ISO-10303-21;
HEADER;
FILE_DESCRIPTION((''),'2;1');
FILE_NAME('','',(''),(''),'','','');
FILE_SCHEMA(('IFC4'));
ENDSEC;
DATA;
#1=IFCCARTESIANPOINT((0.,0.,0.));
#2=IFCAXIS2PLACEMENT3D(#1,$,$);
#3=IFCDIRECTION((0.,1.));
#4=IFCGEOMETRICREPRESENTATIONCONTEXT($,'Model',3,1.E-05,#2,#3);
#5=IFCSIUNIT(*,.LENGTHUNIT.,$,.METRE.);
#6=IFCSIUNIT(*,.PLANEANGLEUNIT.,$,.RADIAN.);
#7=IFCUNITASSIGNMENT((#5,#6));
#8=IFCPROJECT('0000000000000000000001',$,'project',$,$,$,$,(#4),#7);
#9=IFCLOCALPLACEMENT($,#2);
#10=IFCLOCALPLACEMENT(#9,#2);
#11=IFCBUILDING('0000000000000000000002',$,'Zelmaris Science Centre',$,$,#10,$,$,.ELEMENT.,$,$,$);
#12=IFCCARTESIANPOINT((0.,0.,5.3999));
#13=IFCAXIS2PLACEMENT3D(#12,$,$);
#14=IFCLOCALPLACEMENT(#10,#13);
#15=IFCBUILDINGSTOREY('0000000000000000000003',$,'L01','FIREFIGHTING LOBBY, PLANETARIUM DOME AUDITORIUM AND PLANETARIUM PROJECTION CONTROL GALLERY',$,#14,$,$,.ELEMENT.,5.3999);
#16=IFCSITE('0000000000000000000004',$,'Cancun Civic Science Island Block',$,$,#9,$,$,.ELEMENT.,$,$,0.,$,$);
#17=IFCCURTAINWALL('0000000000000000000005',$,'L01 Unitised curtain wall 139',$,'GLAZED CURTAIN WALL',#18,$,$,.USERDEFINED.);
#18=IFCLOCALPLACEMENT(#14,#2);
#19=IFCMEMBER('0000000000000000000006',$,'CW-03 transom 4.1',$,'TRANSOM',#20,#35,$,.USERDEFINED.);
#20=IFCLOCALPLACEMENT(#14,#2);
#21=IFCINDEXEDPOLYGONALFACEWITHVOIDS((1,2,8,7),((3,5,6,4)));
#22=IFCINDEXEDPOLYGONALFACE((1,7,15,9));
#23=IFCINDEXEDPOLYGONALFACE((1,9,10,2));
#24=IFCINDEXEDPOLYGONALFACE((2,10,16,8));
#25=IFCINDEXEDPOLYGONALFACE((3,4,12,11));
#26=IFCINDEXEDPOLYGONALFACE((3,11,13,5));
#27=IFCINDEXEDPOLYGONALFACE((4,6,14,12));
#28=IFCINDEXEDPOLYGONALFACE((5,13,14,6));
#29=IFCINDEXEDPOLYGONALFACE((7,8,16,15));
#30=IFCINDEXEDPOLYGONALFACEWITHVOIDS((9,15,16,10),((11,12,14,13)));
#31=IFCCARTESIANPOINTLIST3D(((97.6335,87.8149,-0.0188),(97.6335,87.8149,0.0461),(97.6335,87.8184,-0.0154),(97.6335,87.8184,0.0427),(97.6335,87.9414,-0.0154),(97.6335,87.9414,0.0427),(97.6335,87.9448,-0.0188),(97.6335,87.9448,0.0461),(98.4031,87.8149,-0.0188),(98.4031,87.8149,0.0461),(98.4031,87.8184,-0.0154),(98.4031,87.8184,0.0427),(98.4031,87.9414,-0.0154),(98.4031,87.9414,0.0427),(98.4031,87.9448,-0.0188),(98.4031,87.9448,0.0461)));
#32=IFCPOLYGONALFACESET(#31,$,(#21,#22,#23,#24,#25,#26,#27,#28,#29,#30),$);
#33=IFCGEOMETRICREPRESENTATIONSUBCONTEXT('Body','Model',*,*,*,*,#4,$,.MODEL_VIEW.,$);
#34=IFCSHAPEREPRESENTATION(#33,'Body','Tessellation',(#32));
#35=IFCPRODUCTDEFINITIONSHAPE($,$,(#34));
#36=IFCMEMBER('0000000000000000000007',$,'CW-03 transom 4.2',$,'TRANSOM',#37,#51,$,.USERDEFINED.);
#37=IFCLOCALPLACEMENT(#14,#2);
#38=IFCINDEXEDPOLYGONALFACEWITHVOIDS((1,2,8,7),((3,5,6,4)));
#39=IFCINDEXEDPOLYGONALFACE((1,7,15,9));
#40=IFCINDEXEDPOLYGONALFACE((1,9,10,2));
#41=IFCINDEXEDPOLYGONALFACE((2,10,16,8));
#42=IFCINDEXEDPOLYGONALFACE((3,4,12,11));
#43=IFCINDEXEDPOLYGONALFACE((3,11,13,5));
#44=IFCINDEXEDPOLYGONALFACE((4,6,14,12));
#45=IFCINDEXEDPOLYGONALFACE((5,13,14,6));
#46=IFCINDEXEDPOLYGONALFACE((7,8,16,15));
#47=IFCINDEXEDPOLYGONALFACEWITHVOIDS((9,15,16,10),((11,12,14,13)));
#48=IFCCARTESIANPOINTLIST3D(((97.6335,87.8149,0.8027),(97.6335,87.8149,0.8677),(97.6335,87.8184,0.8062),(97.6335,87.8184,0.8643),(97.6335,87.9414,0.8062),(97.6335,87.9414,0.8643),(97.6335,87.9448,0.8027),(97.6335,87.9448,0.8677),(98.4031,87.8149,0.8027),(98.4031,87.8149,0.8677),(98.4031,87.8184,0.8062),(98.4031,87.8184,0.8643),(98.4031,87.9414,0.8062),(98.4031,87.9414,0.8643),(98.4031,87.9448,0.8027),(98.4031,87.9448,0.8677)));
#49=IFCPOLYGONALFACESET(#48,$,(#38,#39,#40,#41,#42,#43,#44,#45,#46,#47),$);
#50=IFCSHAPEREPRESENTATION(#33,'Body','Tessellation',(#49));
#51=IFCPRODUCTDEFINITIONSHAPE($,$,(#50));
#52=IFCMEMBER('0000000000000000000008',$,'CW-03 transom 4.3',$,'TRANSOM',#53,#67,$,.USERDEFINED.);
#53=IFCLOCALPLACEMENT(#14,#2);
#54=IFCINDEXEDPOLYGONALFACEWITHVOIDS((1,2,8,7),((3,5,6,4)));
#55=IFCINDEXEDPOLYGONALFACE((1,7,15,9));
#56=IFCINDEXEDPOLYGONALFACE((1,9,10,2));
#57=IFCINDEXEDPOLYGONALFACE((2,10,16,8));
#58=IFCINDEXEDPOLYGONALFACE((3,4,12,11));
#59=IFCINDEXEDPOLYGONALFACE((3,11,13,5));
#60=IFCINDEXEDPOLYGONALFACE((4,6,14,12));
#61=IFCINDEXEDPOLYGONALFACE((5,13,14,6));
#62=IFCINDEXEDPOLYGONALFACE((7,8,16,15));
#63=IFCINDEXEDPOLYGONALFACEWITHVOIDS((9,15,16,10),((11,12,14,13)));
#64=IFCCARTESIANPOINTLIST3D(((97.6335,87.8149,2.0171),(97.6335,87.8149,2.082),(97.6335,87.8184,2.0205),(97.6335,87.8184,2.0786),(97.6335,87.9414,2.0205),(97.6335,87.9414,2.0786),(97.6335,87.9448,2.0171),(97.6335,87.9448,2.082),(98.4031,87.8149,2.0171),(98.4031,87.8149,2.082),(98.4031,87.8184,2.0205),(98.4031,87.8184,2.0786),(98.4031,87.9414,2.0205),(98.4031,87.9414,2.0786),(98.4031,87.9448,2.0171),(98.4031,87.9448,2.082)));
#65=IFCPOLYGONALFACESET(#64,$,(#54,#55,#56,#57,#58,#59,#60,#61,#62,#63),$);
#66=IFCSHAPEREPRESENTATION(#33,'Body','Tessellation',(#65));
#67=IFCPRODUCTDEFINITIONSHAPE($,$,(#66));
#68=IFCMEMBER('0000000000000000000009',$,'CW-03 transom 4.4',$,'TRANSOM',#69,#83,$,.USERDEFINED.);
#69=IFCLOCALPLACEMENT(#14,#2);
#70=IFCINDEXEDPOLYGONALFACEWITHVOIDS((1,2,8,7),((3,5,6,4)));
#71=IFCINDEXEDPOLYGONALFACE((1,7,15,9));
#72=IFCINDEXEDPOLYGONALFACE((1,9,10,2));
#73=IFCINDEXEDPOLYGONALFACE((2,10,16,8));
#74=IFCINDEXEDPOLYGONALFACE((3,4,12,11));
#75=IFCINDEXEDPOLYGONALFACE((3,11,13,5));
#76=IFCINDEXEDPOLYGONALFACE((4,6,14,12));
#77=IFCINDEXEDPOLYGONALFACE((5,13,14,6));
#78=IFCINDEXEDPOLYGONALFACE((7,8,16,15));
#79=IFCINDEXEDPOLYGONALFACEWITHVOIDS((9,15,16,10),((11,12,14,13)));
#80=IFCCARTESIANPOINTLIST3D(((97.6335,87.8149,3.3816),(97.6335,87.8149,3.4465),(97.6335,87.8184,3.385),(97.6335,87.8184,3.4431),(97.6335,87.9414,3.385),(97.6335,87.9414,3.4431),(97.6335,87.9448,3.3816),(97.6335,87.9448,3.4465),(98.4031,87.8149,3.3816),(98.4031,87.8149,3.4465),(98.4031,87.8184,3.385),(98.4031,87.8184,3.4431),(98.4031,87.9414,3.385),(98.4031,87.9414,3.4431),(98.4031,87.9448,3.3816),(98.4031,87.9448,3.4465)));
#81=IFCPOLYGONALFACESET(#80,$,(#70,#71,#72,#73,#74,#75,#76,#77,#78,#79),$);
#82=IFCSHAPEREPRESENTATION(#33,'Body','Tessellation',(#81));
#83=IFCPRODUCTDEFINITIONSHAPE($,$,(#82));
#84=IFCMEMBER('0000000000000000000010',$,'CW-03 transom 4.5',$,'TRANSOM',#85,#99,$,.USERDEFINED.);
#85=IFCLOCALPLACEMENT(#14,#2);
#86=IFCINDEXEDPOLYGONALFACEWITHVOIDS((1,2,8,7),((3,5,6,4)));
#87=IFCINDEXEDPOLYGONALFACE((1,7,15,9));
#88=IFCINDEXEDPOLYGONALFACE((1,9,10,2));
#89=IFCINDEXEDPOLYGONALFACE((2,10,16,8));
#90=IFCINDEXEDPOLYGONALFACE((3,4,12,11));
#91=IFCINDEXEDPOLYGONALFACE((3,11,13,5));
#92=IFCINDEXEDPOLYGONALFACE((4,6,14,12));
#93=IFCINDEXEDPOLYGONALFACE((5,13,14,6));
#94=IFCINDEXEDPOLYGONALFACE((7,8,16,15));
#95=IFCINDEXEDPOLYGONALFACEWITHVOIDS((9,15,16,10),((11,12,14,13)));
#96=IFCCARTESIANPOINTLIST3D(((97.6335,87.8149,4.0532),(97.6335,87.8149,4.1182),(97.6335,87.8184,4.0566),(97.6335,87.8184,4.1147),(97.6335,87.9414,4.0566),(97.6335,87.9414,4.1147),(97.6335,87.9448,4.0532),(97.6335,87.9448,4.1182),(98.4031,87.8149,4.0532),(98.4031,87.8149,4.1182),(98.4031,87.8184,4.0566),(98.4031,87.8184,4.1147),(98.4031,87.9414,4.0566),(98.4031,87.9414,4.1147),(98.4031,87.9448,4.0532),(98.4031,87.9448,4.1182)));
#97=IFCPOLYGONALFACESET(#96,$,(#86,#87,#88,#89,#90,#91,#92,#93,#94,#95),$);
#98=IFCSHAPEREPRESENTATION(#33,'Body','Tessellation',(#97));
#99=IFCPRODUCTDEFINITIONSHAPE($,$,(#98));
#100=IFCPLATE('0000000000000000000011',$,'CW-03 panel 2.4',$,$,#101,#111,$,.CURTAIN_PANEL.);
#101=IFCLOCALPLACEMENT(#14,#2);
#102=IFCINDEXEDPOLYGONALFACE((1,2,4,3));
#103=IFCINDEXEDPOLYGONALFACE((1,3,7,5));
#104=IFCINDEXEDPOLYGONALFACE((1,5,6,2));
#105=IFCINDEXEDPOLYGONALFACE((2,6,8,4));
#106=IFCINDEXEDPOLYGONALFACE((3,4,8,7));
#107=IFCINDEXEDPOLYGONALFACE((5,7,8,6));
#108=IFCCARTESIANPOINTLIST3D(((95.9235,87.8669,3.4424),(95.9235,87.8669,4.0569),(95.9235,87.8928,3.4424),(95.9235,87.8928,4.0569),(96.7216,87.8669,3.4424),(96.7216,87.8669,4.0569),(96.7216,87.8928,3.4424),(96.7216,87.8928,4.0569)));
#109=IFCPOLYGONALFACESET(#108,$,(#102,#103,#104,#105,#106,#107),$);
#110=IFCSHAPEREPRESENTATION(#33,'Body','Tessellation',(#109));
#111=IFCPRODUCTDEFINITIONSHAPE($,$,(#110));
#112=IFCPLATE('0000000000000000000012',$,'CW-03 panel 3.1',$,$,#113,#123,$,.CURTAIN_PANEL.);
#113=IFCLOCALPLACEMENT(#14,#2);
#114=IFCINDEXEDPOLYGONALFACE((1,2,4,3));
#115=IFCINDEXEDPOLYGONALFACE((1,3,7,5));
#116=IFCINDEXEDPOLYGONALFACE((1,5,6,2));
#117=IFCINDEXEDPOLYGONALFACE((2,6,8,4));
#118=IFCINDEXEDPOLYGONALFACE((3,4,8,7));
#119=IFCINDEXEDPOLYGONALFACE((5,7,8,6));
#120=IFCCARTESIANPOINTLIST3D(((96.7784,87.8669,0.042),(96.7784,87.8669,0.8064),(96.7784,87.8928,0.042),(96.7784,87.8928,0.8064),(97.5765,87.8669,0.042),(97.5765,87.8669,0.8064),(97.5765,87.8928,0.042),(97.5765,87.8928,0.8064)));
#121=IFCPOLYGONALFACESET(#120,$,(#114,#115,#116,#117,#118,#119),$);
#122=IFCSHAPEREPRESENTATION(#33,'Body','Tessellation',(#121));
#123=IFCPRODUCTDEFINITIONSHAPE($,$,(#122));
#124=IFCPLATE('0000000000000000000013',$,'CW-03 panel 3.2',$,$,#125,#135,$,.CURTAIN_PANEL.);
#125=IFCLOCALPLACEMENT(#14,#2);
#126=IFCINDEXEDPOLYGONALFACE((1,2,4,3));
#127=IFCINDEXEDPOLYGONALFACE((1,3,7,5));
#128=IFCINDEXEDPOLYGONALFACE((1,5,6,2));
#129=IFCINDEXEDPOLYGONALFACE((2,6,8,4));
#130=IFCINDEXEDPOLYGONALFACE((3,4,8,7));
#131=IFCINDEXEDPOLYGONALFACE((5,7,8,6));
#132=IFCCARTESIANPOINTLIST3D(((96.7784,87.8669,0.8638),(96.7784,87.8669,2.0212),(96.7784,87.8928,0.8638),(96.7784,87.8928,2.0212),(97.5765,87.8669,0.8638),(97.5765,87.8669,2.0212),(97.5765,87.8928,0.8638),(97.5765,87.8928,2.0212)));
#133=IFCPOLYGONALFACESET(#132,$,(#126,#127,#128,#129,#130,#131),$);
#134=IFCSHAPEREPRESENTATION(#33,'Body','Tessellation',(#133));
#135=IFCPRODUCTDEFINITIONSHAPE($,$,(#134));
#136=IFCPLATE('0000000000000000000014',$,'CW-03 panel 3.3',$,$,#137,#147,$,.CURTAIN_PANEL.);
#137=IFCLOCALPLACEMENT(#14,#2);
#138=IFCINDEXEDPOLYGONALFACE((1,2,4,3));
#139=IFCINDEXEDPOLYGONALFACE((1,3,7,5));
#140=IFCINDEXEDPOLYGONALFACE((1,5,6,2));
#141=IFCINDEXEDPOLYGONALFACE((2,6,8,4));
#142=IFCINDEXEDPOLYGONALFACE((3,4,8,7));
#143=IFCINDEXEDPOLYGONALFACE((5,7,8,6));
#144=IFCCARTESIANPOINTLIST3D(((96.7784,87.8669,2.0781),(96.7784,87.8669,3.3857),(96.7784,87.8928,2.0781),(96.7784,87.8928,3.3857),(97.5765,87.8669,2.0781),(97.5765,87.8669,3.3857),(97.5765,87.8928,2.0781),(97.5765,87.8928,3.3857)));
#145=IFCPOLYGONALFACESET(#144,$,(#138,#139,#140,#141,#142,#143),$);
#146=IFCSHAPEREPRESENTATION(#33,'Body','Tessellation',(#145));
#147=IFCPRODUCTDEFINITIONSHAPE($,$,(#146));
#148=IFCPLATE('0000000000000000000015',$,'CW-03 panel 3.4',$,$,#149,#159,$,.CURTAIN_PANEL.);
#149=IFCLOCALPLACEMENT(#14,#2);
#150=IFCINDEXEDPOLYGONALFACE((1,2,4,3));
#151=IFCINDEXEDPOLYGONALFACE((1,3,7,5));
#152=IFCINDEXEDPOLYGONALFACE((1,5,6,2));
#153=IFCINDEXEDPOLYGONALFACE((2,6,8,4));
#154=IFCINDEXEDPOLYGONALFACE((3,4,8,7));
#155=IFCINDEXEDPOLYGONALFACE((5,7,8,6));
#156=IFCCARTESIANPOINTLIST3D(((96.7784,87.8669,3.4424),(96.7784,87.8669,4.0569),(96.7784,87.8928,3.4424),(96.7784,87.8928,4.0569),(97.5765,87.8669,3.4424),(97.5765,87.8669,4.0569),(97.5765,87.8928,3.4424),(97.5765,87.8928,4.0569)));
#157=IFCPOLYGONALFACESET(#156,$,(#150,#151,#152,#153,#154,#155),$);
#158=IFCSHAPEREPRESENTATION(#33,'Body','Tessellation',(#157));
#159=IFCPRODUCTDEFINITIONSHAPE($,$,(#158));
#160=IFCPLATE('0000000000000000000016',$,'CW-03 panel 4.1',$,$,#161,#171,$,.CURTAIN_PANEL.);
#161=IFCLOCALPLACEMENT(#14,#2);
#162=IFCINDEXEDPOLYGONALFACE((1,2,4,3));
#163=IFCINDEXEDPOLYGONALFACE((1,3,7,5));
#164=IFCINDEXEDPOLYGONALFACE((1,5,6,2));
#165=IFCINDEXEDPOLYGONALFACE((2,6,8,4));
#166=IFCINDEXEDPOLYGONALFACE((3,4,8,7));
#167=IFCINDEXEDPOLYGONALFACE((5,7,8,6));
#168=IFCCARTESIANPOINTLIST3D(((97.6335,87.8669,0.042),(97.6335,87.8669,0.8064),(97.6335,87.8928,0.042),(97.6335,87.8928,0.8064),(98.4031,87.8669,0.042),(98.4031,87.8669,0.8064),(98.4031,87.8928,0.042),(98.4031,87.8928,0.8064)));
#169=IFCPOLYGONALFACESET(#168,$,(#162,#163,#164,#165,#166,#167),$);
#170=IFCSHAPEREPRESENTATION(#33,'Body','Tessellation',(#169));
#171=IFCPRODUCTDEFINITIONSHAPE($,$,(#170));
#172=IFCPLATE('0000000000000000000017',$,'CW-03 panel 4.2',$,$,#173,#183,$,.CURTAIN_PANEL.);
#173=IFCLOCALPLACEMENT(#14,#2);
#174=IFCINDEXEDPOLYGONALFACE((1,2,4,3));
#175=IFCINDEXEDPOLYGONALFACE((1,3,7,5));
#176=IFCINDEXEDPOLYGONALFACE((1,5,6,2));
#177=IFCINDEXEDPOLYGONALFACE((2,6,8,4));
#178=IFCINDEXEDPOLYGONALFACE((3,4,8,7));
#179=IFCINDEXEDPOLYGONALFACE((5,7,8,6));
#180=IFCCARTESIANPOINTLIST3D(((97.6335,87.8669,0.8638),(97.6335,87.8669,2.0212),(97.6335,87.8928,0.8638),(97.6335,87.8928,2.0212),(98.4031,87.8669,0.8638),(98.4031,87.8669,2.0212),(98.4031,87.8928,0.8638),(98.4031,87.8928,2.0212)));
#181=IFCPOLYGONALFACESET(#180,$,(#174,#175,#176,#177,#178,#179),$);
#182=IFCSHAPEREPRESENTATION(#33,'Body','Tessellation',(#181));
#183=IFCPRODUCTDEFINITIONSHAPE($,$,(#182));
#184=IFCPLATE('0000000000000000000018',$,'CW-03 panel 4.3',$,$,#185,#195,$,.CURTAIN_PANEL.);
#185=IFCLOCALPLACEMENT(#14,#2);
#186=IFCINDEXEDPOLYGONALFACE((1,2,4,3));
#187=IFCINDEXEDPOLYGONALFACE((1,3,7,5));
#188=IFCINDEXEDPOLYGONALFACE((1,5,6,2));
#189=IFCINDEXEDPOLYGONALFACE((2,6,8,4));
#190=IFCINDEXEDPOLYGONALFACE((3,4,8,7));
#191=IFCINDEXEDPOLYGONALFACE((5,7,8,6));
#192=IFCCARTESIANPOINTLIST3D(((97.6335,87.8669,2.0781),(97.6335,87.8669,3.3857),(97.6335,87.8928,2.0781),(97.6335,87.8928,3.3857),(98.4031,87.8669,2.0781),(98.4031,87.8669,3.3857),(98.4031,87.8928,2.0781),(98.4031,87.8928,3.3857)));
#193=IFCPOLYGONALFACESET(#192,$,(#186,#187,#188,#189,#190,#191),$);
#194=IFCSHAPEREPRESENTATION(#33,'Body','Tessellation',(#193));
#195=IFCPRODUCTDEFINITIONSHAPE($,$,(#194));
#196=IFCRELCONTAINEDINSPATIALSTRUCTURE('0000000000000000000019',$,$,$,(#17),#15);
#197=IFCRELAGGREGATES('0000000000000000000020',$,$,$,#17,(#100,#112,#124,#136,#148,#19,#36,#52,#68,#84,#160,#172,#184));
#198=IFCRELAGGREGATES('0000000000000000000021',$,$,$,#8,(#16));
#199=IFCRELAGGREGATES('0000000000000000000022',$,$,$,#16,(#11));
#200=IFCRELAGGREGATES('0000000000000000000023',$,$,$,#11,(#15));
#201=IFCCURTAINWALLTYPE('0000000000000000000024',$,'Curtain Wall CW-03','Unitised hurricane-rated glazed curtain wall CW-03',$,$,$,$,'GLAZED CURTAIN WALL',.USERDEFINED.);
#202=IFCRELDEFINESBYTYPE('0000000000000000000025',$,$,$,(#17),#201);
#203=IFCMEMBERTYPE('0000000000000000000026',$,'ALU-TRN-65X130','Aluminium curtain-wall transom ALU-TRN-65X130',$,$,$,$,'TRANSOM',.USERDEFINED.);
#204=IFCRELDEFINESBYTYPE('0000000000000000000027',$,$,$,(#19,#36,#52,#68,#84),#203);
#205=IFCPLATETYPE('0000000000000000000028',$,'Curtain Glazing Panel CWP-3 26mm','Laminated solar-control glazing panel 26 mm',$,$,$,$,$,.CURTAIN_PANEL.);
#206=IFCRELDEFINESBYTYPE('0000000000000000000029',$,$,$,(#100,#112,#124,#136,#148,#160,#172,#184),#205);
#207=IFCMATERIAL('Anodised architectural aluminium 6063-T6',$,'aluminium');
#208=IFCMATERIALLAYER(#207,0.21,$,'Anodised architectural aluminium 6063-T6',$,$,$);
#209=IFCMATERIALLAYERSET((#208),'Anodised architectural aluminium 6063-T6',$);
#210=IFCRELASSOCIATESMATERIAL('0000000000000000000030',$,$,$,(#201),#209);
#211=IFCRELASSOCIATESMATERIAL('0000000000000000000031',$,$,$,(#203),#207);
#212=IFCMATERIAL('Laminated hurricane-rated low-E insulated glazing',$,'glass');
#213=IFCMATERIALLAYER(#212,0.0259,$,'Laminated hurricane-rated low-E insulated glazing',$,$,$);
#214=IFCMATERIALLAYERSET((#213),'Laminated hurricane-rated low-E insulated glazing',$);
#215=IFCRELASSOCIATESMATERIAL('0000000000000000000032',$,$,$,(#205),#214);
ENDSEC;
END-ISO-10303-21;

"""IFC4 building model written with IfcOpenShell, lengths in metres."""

from ifc_helpers import new_model, si_unit, direction, frame, origin, origin_2d, place, context, subcontext, project, spatial, rectangle, hollow_rectangle, extrude, material, layer, layer_set, material_profile, profile_set, type_object, element, aggregate, save


model = new_model("IFC4")

# Units and contexts
model_context = context("Model", 3, precision=1e-05, world=origin(), true_north=direction((0.0, 1.0)))
body_context = subcontext(model_context, "Body", "Model", "MODEL_VIEW")
ifc_project = project(units=[si_unit("LENGTHUNIT", "METRE"), si_unit("PLANEANGLEUNIT", "RADIAN")], contexts=[model_context])

# Site, building, storey
site_placement = place(None, origin())
site = spatial("IfcSite", under=ifc_project, at=site_placement, Name="Cancun Civic Science Island Block", CompositionType="ELEMENT", RefElevation=0.0)
building_placement = place(site_placement, origin())
building = spatial("IfcBuilding", under=site, at=building_placement, Name="Zelmaris Science Centre", CompositionType="ELEMENT")
storey_placement = place(building_placement, frame((0.0, 0.0, 5.3999)))
storey = spatial("IfcBuildingStorey", under=building, at=storey_placement, Name="L01", Description="FIREFIGHTING LOBBY, PLANETARIUM DOME AUDITORIUM AND PLANETARIUM PROJECTION CONTROL GALLERY", CompositionType="ELEMENT", Elevation=5.3999)

# Curtain wall, members, plates
ifc_material_1 = material(Name="Anodised architectural aluminium 6063-T6", Category="aluminium")
ifc_layer_1 = layer(ifc_material_1, 0.21, Name="Anodised architectural aluminium 6063-T6")
ifc_layer_set_1 = layer_set([ifc_layer_1], Name="Anodised architectural aluminium 6063-T6")
curtain_wall_type = type_object("IfcCurtainWallType", Name="Curtain Wall CW-03", Description="Unitised hurricane-rated glazed curtain wall CW-03", ElementType="GLAZED CURTAIN WALL", PredefinedType="USERDEFINED", material=ifc_layer_set_1)
curtain_wall_placement = place(storey_placement, origin())
curtain_wall = element("IfcCurtainWall", 1, at=curtain_wall_placement, inside=storey, type_object=curtain_wall_type, Name="L01 Unitised curtain wall 139", ObjectType="GLAZED CURTAIN WALL", PredefinedType="USERDEFINED")
ifc_material_profile_1 = material_profile(ifc_material_1, hollow_rectangle(XDim=0.0649, YDim=0.1299, WallThickness=0.0034, at=origin_2d()), Name="ALU-TRN-65X130")
ifc_profile_set_1 = profile_set([ifc_material_profile_1], Name="Anodised architectural aluminium 6063-T6")
member_type_1 = type_object("IfcMemberType", Name="ALU-TRN-65X130", Description="Aluminium curtain-wall transom ALU-TRN-65X130", ElementType="TRANSOM", PredefinedType="USERDEFINED", material=ifc_profile_set_1)
member_1_placement = place(storey_placement, frame((97.6335, 87.8799, 0.0137), z_axis=(1.0, 0.0, 0.0), x_axis=(0.0, 0.0, 1.0)))
member_1 = element("IfcMember", 2, at=member_1_placement, type_object=member_type_1, Name="CW-03 transom 4.1", ObjectType="TRANSOM", PredefinedType="USERDEFINED", context=body_context, shape_type="SweptSolid", body=[
    extrude(hollow_rectangle(XDim=0.0649, YDim=0.1299, WallThickness=0.0034, at=origin_2d()), origin(), (0.0, 0.0, 1.0), 0.7695),
])
member_2_placement = place(storey_placement, frame((97.6335, 87.8799, 0.8352), z_axis=(1.0, 0.0, 0.0), x_axis=(0.0, 0.0, 1.0)))
member_2 = element("IfcMember", 3, at=member_2_placement, type_object=member_type_1, Name="CW-03 transom 4.2", ObjectType="TRANSOM", PredefinedType="USERDEFINED", context=body_context, shape_type="SweptSolid", body=[
    extrude(hollow_rectangle(XDim=0.0649, YDim=0.1299, WallThickness=0.0034, at=origin_2d()), origin(), (0.0, 0.0, 1.0), 0.7695),
])
member_3_placement = place(storey_placement, frame((97.6335, 87.8799, 2.0496), z_axis=(1.0, 0.0, 0.0), x_axis=(0.0, 0.0, 1.0)))
member_3 = element("IfcMember", 4, at=member_3_placement, type_object=member_type_1, Name="CW-03 transom 4.3", ObjectType="TRANSOM", PredefinedType="USERDEFINED", context=body_context, shape_type="SweptSolid", body=[
    extrude(hollow_rectangle(XDim=0.0649, YDim=0.1299, WallThickness=0.0034, at=origin_2d()), origin(), (0.0, 0.0, 1.0), 0.7695),
])
member_4_placement = place(storey_placement, frame((97.6335, 87.8799, 3.4141), z_axis=(1.0, 0.0, 0.0), x_axis=(0.0, 0.0, 1.0)))
member_4 = element("IfcMember", 5, at=member_4_placement, type_object=member_type_1, Name="CW-03 transom 4.4", ObjectType="TRANSOM", PredefinedType="USERDEFINED", context=body_context, shape_type="SweptSolid", body=[
    extrude(hollow_rectangle(XDim=0.0649, YDim=0.1299, WallThickness=0.0034, at=origin_2d()), origin(), (0.0, 0.0, 1.0), 0.7695),
])
member_5_placement = place(storey_placement, frame((97.6335, 87.8799, 4.0857), z_axis=(1.0, 0.0, 0.0), x_axis=(0.0, 0.0, 1.0)))
member_5 = element("IfcMember", 6, at=member_5_placement, type_object=member_type_1, Name="CW-03 transom 4.5", ObjectType="TRANSOM", PredefinedType="USERDEFINED", context=body_context, shape_type="SweptSolid", body=[
    extrude(hollow_rectangle(XDim=0.0649, YDim=0.1299, WallThickness=0.0034, at=origin_2d()), origin(), (0.0, 0.0, 1.0), 0.7695),
])
ifc_material_2 = material(Name="Laminated hurricane-rated low-E insulated glazing", Category="glass")
ifc_layer_2 = layer(ifc_material_2, 0.0259, Name="Laminated hurricane-rated low-E insulated glazing")
ifc_layer_set_2 = layer_set([ifc_layer_2], Name="Laminated hurricane-rated low-E insulated glazing")
plate_type = type_object("IfcPlateType", Name="Curtain Glazing Panel CWP-3 26mm", Description="Laminated solar-control glazing panel 26 mm", PredefinedType="CURTAIN_PANEL", material=ifc_layer_set_2)
plate_1_placement = place(storey_placement, frame((96.3225, 87.8799, 3.4424), z_axis=(0.0, 0.0, 1.0), x_axis=(1.0, 0.0, 0.0)))
plate_1 = element("IfcPlate", 7, at=plate_1_placement, type_object=plate_type, Name="CW-03 panel 2.4", PredefinedType="CURTAIN_PANEL", context=body_context, shape_type="SweptSolid", body=[
    extrude(rectangle(XDim=0.7981, YDim=0.0259, at=origin_2d()), origin(), (0.0, 0.0, 1.0), 0.6145),
])
plate_2_placement = place(storey_placement, frame((97.1775, 87.8799, 0.042), z_axis=(0.0, 0.0, 1.0), x_axis=(1.0, 0.0, 0.0)))
plate_2 = element("IfcPlate", 8, at=plate_2_placement, type_object=plate_type, Name="CW-03 panel 3.1", PredefinedType="CURTAIN_PANEL", context=body_context, shape_type="SweptSolid", body=[
    extrude(rectangle(XDim=0.7981, YDim=0.0259, at=origin_2d()), origin(), (0.0, 0.0, 1.0), 0.7644),
])
plate_3_placement = place(storey_placement, frame((97.1775, 87.8799, 0.8638), z_axis=(0.0, 0.0, 1.0), x_axis=(1.0, 0.0, 0.0)))
plate_3 = element("IfcPlate", 9, at=plate_3_placement, type_object=plate_type, Name="CW-03 panel 3.2", PredefinedType="CURTAIN_PANEL", context=body_context, shape_type="SweptSolid", body=[
    extrude(rectangle(XDim=0.7981, YDim=0.0259, at=origin_2d()), origin(), (0.0, 0.0, 1.0), 1.1575),
])
plate_4_placement = place(storey_placement, frame((97.1775, 87.8799, 2.0781), z_axis=(0.0, 0.0, 1.0), x_axis=(1.0, 0.0, 0.0)))
plate_4 = element("IfcPlate", 10, at=plate_4_placement, type_object=plate_type, Name="CW-03 panel 3.3", PredefinedType="CURTAIN_PANEL", context=body_context, shape_type="SweptSolid", body=[
    extrude(rectangle(XDim=0.7981, YDim=0.0259, at=origin_2d()), origin(), (0.0, 0.0, 1.0), 1.3076),
])
plate_5_placement = place(storey_placement, frame((97.1775, 87.8799, 3.4424), z_axis=(0.0, 0.0, 1.0), x_axis=(1.0, 0.0, 0.0)))
plate_5 = element("IfcPlate", 11, at=plate_5_placement, type_object=plate_type, Name="CW-03 panel 3.4", PredefinedType="CURTAIN_PANEL", context=body_context, shape_type="SweptSolid", body=[
    extrude(rectangle(XDim=0.7981, YDim=0.0259, at=origin_2d()), origin(), (0.0, 0.0, 1.0), 0.6145),
])
plate_6_placement = place(storey_placement, frame((98.0183, 87.8799, 0.042), z_axis=(0.0, 0.0, 1.0), x_axis=(1.0, 0.0, 0.0)))
plate_6 = element("IfcPlate", 12, at=plate_6_placement, type_object=plate_type, Name="CW-03 panel 4.1", PredefinedType="CURTAIN_PANEL", context=body_context, shape_type="SweptSolid", body=[
    extrude(rectangle(XDim=0.7695, YDim=0.0259, at=origin_2d()), origin(), (0.0, 0.0, 1.0), 0.7644),
])
plate_7_placement = place(storey_placement, frame((98.0183, 87.8799, 0.8638), z_axis=(0.0, 0.0, 1.0), x_axis=(1.0, 0.0, 0.0)))
plate_7 = element("IfcPlate", 13, at=plate_7_placement, type_object=plate_type, Name="CW-03 panel 4.2", PredefinedType="CURTAIN_PANEL", context=body_context, shape_type="SweptSolid", body=[
    extrude(rectangle(XDim=0.7695, YDim=0.0259, at=origin_2d()), origin(), (0.0, 0.0, 1.0), 1.1575),
])
plate_8_placement = place(storey_placement, frame((98.0183, 87.8799, 2.0781), z_axis=(0.0, 0.0, 1.0), x_axis=(1.0, 0.0, 0.0)))
plate_8 = element("IfcPlate", 14, at=plate_8_placement, type_object=plate_type, Name="CW-03 panel 4.3", PredefinedType="CURTAIN_PANEL", context=body_context, shape_type="SweptSolid", body=[
    extrude(rectangle(XDim=0.7695, YDim=0.0259, at=origin_2d()), origin(), (0.0, 0.0, 1.0), 1.3076),
])
aggregate(curtain_wall, [plate_1, plate_2, plate_3, plate_4, plate_5, member_1, member_2, member_3, member_4, member_5, plate_6, plate_7, plate_8])

save(model, "model.ifc")
